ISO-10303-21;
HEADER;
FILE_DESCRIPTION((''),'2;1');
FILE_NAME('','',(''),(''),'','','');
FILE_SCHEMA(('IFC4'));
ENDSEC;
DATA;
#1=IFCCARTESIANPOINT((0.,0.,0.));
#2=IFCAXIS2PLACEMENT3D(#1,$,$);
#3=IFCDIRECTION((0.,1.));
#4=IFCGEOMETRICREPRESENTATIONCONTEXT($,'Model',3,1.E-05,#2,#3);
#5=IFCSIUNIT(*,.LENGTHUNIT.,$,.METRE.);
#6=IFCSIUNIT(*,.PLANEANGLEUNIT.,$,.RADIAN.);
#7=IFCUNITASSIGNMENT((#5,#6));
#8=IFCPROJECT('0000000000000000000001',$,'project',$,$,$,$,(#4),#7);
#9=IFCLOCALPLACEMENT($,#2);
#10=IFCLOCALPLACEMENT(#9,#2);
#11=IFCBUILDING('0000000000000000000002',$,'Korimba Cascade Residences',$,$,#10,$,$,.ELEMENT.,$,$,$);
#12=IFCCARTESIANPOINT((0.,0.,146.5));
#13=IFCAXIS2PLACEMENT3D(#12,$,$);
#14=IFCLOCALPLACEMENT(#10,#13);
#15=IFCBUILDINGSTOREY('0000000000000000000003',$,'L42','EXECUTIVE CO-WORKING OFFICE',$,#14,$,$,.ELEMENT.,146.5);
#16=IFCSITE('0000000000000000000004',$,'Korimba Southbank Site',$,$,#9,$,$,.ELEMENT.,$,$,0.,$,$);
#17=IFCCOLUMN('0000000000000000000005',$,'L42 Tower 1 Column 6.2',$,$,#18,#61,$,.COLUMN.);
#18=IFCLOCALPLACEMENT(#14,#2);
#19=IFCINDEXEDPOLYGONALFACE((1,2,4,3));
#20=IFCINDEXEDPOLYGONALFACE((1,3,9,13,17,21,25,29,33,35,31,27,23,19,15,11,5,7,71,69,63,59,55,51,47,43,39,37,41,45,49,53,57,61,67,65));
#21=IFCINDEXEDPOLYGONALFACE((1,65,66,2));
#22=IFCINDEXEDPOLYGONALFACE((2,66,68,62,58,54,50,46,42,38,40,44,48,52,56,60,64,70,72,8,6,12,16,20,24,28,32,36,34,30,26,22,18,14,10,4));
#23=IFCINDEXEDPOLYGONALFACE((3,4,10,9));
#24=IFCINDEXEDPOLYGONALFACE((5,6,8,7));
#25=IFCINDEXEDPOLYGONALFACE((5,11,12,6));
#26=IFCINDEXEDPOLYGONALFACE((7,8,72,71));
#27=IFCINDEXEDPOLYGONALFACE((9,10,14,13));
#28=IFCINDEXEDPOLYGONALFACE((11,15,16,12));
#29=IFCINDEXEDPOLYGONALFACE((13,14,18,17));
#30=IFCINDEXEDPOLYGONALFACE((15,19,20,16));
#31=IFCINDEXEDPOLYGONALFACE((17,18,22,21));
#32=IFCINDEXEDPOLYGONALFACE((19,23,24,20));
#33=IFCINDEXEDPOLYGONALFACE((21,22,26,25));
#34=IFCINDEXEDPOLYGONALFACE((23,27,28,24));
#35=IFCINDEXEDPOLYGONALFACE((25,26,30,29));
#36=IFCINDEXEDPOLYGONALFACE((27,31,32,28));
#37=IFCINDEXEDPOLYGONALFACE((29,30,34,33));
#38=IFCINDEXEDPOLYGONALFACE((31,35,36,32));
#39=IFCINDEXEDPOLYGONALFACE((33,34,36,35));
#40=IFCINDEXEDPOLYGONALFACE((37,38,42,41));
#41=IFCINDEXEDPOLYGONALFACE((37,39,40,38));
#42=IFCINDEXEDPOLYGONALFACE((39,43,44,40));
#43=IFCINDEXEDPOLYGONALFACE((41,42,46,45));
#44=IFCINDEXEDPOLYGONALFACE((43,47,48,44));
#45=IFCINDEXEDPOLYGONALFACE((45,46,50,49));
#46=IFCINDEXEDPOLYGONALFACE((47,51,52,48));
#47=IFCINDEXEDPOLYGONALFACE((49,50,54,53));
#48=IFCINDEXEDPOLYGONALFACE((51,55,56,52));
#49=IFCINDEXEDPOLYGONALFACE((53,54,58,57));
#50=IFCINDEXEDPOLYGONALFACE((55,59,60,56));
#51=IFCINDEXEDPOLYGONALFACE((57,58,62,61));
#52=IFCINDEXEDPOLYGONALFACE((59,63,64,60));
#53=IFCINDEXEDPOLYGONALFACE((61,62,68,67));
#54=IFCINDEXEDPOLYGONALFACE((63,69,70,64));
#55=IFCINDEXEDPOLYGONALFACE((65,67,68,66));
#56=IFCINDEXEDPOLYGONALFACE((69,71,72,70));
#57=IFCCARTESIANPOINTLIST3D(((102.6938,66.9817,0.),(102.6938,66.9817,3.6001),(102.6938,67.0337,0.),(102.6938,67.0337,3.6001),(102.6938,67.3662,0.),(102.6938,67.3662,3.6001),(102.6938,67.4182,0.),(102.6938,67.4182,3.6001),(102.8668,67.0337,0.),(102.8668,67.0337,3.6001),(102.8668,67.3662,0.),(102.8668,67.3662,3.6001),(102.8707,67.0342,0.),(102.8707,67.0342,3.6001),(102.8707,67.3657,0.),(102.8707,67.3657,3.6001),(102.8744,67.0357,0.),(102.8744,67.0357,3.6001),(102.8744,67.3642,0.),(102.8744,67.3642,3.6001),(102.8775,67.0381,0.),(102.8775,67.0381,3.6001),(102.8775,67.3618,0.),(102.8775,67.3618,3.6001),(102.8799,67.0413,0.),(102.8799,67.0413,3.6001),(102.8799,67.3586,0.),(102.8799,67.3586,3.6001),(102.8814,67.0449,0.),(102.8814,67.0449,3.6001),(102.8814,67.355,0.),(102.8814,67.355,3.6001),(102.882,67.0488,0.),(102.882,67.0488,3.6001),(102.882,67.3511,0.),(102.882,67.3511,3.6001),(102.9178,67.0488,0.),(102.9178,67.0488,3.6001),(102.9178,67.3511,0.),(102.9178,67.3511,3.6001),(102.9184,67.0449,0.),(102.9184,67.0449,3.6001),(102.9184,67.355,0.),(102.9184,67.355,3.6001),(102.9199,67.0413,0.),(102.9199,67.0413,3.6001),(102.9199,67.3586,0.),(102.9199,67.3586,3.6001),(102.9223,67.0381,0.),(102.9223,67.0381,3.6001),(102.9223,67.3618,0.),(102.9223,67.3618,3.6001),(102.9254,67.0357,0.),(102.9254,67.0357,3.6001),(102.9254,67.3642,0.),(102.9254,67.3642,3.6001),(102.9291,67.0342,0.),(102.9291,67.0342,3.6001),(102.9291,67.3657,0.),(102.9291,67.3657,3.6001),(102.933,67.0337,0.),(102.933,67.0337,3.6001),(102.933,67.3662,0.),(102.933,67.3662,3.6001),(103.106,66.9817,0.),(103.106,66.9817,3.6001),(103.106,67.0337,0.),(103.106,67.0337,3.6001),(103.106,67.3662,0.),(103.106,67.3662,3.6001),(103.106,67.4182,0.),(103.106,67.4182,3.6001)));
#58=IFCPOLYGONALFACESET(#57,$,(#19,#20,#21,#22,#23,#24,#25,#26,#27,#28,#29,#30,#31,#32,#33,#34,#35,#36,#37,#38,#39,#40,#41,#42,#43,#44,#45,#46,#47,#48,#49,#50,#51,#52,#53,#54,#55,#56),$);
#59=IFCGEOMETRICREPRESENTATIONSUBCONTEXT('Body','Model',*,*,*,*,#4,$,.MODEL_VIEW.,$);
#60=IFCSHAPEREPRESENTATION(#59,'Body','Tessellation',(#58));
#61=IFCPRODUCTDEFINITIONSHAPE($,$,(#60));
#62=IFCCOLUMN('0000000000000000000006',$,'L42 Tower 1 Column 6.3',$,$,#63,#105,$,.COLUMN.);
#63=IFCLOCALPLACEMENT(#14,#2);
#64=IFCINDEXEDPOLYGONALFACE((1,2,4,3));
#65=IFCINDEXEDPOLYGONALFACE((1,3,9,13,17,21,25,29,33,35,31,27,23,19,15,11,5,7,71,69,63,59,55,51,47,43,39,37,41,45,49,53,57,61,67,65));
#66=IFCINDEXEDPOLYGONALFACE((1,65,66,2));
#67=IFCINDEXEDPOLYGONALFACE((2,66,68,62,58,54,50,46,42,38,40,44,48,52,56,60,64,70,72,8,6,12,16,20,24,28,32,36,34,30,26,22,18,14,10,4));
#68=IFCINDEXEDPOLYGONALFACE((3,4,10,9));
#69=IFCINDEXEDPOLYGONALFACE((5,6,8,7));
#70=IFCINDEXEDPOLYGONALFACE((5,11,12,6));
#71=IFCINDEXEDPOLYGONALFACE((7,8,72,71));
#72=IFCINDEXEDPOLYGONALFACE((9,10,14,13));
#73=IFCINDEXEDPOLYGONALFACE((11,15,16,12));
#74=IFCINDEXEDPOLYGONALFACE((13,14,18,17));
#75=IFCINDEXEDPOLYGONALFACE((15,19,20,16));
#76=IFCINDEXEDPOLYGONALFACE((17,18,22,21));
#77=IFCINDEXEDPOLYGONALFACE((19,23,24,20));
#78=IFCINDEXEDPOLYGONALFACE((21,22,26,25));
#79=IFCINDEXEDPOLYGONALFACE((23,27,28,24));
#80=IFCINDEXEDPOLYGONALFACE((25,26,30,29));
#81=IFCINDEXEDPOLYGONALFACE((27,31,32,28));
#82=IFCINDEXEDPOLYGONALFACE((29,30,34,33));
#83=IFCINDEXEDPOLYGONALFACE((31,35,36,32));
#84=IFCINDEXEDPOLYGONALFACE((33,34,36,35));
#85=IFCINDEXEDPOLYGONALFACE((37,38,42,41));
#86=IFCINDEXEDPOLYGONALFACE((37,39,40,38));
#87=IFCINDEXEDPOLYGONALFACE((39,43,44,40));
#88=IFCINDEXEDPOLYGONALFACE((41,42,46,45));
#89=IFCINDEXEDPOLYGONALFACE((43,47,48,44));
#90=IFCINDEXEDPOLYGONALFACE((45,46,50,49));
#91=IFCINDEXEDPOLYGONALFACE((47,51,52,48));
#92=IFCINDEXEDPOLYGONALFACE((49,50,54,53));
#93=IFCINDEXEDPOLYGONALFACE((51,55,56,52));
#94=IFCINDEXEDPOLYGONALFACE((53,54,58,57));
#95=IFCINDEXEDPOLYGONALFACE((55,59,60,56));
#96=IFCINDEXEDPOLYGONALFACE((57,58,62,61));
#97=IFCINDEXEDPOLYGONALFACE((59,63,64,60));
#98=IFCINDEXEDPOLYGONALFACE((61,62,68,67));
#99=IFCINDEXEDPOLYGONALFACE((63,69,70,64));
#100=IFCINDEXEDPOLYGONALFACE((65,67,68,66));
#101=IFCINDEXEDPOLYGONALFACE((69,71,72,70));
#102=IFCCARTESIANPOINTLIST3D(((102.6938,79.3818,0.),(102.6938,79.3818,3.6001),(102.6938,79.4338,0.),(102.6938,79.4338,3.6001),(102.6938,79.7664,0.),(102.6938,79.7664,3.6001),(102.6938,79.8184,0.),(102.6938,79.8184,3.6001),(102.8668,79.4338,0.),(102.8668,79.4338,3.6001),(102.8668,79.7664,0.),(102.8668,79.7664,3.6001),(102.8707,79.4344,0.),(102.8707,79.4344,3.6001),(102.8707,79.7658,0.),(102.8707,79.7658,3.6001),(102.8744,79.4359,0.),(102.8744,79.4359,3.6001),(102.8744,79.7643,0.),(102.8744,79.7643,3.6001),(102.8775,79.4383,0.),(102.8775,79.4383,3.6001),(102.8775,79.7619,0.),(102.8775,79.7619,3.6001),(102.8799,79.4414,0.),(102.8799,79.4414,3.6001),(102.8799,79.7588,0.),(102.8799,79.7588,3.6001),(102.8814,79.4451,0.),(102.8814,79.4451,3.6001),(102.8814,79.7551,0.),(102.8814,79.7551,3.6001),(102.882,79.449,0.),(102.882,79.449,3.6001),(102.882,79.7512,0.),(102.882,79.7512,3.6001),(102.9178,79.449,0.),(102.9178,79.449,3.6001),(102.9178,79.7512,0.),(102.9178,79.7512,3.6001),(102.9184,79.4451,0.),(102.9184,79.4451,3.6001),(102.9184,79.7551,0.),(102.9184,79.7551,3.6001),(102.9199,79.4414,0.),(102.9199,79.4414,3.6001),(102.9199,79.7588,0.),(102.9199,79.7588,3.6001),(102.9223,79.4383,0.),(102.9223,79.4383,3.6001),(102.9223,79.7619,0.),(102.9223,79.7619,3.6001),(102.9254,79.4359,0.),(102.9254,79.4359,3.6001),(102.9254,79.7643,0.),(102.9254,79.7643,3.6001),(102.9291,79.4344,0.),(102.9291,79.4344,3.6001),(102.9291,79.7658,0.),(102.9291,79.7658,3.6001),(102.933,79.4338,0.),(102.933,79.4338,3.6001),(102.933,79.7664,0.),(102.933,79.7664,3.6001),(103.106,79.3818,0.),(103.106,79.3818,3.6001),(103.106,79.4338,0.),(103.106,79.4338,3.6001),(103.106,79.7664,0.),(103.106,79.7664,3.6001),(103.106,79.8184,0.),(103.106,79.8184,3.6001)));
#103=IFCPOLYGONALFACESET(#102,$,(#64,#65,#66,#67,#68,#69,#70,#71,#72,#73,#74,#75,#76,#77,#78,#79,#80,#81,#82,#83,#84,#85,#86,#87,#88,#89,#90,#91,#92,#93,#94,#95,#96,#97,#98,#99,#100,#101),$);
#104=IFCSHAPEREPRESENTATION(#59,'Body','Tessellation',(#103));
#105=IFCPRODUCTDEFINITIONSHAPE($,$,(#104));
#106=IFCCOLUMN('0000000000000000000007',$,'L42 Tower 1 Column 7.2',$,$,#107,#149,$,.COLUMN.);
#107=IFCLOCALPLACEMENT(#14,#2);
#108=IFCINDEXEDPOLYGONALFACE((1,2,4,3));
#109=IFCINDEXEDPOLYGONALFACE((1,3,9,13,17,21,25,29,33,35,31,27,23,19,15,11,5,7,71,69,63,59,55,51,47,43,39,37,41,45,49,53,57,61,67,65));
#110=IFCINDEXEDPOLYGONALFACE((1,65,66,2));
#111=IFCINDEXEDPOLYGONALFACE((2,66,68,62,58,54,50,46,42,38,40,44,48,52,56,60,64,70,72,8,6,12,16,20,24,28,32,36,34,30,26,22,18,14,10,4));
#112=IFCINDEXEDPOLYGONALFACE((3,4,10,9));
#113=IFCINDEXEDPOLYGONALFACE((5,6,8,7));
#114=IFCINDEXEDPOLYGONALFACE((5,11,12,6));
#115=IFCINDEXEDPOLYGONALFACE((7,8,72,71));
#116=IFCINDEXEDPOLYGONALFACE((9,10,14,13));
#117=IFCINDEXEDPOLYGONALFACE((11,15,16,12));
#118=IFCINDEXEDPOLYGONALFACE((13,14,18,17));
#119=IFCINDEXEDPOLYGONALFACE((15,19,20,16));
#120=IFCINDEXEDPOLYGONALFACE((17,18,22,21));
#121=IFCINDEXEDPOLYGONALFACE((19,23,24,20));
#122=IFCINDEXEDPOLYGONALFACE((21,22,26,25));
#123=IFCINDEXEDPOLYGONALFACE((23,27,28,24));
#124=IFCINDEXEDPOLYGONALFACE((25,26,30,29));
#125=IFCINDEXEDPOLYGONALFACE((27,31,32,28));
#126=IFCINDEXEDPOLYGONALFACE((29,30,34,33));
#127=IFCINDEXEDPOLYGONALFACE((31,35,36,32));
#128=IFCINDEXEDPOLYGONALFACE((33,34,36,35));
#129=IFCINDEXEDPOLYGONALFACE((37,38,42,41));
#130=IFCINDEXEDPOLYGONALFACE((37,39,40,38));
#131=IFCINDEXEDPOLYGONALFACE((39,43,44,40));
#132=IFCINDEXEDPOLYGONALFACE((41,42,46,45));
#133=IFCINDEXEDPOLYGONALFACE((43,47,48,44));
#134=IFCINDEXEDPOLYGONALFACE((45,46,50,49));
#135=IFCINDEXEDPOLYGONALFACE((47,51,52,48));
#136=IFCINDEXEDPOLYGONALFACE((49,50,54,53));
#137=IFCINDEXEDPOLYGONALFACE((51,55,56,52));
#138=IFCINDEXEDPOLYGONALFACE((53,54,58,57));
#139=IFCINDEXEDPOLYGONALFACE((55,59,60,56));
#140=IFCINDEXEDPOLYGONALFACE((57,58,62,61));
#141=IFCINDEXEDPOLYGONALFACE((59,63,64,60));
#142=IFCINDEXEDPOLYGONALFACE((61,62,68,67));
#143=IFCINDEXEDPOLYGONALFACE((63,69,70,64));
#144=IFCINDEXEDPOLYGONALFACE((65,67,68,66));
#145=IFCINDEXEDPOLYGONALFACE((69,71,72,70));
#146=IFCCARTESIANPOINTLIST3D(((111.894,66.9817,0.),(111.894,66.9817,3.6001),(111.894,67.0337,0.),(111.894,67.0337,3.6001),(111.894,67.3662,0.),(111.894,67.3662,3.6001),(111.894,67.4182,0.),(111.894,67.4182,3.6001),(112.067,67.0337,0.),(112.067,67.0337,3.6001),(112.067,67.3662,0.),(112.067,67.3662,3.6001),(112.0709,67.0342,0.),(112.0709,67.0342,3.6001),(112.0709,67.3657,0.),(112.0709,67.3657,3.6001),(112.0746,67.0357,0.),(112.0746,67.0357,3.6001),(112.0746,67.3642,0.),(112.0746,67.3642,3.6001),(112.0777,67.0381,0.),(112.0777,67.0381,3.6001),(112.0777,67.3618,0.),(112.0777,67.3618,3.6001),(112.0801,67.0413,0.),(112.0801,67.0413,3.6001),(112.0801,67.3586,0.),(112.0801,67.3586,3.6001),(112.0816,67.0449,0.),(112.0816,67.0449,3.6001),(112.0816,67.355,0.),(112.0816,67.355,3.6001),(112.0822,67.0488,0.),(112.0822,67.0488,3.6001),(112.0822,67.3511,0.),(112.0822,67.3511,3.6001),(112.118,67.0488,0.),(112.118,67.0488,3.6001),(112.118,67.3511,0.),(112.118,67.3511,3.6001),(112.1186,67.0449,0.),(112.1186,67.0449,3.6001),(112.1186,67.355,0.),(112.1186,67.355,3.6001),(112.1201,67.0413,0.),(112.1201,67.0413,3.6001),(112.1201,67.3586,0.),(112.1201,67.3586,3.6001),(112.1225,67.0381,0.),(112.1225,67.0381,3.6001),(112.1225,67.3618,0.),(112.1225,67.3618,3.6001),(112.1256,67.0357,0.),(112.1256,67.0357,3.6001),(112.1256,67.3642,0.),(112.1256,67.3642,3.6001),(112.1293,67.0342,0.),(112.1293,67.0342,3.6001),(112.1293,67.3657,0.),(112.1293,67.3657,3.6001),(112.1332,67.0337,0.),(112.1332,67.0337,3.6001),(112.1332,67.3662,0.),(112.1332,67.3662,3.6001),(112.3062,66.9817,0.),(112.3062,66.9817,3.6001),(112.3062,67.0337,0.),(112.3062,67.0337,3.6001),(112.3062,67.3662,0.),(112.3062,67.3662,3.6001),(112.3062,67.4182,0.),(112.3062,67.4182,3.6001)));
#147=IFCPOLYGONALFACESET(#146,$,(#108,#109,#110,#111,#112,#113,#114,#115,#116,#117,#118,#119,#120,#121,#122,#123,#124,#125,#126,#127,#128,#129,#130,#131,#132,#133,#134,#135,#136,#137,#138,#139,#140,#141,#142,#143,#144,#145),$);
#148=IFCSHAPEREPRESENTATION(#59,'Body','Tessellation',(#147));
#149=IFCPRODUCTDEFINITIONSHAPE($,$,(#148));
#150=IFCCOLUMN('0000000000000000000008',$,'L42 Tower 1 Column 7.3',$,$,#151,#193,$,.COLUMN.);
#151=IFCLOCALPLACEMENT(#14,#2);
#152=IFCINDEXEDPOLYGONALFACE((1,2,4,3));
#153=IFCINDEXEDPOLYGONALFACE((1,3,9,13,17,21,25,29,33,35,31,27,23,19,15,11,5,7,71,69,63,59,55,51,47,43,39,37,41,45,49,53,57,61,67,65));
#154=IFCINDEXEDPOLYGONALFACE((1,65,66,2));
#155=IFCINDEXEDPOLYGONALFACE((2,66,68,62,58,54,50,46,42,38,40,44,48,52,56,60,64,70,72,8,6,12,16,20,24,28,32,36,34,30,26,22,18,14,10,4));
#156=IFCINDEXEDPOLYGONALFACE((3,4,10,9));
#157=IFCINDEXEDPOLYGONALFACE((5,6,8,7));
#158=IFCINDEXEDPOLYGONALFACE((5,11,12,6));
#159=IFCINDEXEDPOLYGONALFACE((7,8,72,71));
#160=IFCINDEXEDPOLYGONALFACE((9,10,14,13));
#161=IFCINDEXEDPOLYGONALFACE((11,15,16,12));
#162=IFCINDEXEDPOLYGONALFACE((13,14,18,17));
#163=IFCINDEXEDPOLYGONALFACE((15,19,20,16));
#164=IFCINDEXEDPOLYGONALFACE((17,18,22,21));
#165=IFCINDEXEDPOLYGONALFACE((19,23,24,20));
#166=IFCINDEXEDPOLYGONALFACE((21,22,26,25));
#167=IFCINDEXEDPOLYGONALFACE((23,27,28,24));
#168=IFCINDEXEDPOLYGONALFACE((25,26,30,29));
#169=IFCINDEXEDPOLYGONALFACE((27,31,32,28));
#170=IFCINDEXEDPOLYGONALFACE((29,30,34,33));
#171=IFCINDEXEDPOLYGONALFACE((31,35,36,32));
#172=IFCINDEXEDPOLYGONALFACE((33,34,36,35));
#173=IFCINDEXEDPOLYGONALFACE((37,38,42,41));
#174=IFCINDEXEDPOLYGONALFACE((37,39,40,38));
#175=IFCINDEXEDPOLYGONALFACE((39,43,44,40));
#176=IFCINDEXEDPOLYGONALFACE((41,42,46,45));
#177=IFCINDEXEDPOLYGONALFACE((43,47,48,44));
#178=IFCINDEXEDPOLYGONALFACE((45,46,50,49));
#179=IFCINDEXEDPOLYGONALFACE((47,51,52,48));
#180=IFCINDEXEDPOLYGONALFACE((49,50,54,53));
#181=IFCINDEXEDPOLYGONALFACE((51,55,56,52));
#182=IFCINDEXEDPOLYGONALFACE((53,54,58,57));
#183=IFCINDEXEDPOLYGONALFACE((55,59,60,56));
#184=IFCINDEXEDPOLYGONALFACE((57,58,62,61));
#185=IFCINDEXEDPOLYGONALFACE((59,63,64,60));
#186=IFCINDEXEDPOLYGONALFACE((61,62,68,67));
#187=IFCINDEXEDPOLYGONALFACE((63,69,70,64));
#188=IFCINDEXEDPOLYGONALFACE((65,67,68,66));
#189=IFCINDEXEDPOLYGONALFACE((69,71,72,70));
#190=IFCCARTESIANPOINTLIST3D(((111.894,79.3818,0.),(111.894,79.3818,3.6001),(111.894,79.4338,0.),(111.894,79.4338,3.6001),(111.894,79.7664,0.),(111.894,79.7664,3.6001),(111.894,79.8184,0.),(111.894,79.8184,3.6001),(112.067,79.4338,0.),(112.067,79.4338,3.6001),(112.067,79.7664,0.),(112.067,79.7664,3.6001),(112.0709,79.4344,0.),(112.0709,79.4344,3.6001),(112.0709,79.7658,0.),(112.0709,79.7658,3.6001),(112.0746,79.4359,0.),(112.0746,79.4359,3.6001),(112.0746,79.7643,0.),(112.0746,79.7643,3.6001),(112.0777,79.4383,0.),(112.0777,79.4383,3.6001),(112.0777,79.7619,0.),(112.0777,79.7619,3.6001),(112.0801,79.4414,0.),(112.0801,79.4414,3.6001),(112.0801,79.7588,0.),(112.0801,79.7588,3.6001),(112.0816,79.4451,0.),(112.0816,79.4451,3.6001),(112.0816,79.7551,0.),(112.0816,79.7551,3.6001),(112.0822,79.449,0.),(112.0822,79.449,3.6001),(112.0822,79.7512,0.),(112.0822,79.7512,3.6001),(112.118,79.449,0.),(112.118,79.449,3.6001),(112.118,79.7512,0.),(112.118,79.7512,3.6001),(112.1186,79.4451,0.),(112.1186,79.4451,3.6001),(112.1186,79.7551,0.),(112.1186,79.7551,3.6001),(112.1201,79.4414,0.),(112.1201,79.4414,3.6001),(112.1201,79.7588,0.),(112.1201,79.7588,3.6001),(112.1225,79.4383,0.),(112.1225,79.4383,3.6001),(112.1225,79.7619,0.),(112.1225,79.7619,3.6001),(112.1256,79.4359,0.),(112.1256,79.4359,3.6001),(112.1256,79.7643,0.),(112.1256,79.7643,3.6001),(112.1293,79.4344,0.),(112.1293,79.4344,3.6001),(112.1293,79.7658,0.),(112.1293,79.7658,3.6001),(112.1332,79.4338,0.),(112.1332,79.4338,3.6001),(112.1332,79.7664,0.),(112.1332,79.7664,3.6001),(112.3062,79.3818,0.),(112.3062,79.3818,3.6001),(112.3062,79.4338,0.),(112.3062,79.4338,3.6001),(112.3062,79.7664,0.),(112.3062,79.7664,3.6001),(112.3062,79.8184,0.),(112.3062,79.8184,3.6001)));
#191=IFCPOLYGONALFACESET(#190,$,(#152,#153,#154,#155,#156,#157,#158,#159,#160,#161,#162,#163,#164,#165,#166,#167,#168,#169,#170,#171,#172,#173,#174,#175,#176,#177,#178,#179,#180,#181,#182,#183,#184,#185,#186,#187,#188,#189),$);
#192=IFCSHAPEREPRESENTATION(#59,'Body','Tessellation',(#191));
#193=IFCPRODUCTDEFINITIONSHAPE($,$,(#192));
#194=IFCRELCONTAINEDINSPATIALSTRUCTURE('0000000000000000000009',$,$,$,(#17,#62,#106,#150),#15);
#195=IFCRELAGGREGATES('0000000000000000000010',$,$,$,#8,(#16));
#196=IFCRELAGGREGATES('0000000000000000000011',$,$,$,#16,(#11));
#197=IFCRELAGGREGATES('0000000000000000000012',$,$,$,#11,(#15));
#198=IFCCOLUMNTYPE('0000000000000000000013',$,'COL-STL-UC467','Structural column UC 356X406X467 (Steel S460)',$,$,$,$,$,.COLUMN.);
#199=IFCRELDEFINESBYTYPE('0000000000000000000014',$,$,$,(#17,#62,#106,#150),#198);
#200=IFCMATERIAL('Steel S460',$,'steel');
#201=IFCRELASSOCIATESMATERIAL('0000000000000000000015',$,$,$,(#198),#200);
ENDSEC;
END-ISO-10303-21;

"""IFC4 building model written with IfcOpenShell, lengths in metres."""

from ifc_helpers import new_model, si_unit, direction, frame, origin, origin_2d, place, context, subcontext, project, spatial, i_section, extrude, material, material_profile, profile_set, type_object, element, save


model = new_model("IFC4")

# Units and contexts
model_context = context("Model", 3, precision=1e-05, world=origin(), true_north=direction((0.0, 1.0)))
body_context = subcontext(model_context, "Body", "Model", "MODEL_VIEW")
ifc_project = project(units=[si_unit("LENGTHUNIT", "METRE"), si_unit("PLANEANGLEUNIT", "RADIAN")], contexts=[model_context])

# Site, building, storey
site_placement = place(None, origin())
site = spatial("IfcSite", under=ifc_project, at=site_placement, Name="Korimba Southbank Site", CompositionType="ELEMENT", RefElevation=0.0)
building_placement = place(site_placement, origin())
building = spatial("IfcBuilding", under=site, at=building_placement, Name="Korimba Cascade Residences", CompositionType="ELEMENT")
storey_placement = place(building_placement, frame((0.0, 0.0, 146.5)))
storey = spatial("IfcBuildingStorey", under=building, at=storey_placement, Name="L42", Description="EXECUTIVE CO-WORKING OFFICE", CompositionType="ELEMENT", Elevation=146.5)

# Columns
ifc_material_1 = material(Name="Steel S460", Category="steel")
ifc_material_profile_1 = material_profile(ifc_material_1, i_section(OverallWidth=0.4121, OverallDepth=0.4365, WebThickness=0.0359, FlangeThickness=0.052, FilletRadius=0.0151, at=origin_2d()), Name="Steel S460")
ifc_profile_set_1 = profile_set([ifc_material_profile_1], Name="Steel S460")
column_type = type_object("IfcColumnType", Name="COL-STL-UC467", Description="Structural column UC 356X406X467 (Steel S460)", PredefinedType="COLUMN", material=ifc_profile_set_1)
for number, where, z_axis, x_axis, name in (
    (1, (102.8999, 67.2, 0.0), (0.0, 0.0, 1.0), (1.0, 0.0, 0.0), "L42 Tower 1 Column 6.2"),
    (2, (102.8999, 79.6001, 0.0), (0.0, 0.0, 1.0), (1.0, 0.0, 0.0), "L42 Tower 1 Column 6.3"),
    (3, (112.1001, 67.2, 0.0), (0.0, 0.0, 1.0), (1.0, 0.0, 0.0), "L42 Tower 1 Column 7.2"),
    (4, (112.1001, 79.6001, 0.0), (0.0, 0.0, 1.0), (1.0, 0.0, 0.0), "L42 Tower 1 Column 7.3"),
):
    element("IfcColumn", number, at=place(storey_placement, frame(where, z_axis=z_axis, x_axis=x_axis)), inside=storey, type_object=column_type, Name=name, PredefinedType="COLUMN", context=body_context, shape_type="SweptSolid", body=[
        extrude(i_section(OverallWidth=0.4121, OverallDepth=0.4365, WebThickness=0.0359, FlangeThickness=0.052, FilletRadius=0.0151, at=origin_2d()), origin(), (0.0, 0.0, 1.0), 3.6001),
    ])

save(model, "model.ifc")
